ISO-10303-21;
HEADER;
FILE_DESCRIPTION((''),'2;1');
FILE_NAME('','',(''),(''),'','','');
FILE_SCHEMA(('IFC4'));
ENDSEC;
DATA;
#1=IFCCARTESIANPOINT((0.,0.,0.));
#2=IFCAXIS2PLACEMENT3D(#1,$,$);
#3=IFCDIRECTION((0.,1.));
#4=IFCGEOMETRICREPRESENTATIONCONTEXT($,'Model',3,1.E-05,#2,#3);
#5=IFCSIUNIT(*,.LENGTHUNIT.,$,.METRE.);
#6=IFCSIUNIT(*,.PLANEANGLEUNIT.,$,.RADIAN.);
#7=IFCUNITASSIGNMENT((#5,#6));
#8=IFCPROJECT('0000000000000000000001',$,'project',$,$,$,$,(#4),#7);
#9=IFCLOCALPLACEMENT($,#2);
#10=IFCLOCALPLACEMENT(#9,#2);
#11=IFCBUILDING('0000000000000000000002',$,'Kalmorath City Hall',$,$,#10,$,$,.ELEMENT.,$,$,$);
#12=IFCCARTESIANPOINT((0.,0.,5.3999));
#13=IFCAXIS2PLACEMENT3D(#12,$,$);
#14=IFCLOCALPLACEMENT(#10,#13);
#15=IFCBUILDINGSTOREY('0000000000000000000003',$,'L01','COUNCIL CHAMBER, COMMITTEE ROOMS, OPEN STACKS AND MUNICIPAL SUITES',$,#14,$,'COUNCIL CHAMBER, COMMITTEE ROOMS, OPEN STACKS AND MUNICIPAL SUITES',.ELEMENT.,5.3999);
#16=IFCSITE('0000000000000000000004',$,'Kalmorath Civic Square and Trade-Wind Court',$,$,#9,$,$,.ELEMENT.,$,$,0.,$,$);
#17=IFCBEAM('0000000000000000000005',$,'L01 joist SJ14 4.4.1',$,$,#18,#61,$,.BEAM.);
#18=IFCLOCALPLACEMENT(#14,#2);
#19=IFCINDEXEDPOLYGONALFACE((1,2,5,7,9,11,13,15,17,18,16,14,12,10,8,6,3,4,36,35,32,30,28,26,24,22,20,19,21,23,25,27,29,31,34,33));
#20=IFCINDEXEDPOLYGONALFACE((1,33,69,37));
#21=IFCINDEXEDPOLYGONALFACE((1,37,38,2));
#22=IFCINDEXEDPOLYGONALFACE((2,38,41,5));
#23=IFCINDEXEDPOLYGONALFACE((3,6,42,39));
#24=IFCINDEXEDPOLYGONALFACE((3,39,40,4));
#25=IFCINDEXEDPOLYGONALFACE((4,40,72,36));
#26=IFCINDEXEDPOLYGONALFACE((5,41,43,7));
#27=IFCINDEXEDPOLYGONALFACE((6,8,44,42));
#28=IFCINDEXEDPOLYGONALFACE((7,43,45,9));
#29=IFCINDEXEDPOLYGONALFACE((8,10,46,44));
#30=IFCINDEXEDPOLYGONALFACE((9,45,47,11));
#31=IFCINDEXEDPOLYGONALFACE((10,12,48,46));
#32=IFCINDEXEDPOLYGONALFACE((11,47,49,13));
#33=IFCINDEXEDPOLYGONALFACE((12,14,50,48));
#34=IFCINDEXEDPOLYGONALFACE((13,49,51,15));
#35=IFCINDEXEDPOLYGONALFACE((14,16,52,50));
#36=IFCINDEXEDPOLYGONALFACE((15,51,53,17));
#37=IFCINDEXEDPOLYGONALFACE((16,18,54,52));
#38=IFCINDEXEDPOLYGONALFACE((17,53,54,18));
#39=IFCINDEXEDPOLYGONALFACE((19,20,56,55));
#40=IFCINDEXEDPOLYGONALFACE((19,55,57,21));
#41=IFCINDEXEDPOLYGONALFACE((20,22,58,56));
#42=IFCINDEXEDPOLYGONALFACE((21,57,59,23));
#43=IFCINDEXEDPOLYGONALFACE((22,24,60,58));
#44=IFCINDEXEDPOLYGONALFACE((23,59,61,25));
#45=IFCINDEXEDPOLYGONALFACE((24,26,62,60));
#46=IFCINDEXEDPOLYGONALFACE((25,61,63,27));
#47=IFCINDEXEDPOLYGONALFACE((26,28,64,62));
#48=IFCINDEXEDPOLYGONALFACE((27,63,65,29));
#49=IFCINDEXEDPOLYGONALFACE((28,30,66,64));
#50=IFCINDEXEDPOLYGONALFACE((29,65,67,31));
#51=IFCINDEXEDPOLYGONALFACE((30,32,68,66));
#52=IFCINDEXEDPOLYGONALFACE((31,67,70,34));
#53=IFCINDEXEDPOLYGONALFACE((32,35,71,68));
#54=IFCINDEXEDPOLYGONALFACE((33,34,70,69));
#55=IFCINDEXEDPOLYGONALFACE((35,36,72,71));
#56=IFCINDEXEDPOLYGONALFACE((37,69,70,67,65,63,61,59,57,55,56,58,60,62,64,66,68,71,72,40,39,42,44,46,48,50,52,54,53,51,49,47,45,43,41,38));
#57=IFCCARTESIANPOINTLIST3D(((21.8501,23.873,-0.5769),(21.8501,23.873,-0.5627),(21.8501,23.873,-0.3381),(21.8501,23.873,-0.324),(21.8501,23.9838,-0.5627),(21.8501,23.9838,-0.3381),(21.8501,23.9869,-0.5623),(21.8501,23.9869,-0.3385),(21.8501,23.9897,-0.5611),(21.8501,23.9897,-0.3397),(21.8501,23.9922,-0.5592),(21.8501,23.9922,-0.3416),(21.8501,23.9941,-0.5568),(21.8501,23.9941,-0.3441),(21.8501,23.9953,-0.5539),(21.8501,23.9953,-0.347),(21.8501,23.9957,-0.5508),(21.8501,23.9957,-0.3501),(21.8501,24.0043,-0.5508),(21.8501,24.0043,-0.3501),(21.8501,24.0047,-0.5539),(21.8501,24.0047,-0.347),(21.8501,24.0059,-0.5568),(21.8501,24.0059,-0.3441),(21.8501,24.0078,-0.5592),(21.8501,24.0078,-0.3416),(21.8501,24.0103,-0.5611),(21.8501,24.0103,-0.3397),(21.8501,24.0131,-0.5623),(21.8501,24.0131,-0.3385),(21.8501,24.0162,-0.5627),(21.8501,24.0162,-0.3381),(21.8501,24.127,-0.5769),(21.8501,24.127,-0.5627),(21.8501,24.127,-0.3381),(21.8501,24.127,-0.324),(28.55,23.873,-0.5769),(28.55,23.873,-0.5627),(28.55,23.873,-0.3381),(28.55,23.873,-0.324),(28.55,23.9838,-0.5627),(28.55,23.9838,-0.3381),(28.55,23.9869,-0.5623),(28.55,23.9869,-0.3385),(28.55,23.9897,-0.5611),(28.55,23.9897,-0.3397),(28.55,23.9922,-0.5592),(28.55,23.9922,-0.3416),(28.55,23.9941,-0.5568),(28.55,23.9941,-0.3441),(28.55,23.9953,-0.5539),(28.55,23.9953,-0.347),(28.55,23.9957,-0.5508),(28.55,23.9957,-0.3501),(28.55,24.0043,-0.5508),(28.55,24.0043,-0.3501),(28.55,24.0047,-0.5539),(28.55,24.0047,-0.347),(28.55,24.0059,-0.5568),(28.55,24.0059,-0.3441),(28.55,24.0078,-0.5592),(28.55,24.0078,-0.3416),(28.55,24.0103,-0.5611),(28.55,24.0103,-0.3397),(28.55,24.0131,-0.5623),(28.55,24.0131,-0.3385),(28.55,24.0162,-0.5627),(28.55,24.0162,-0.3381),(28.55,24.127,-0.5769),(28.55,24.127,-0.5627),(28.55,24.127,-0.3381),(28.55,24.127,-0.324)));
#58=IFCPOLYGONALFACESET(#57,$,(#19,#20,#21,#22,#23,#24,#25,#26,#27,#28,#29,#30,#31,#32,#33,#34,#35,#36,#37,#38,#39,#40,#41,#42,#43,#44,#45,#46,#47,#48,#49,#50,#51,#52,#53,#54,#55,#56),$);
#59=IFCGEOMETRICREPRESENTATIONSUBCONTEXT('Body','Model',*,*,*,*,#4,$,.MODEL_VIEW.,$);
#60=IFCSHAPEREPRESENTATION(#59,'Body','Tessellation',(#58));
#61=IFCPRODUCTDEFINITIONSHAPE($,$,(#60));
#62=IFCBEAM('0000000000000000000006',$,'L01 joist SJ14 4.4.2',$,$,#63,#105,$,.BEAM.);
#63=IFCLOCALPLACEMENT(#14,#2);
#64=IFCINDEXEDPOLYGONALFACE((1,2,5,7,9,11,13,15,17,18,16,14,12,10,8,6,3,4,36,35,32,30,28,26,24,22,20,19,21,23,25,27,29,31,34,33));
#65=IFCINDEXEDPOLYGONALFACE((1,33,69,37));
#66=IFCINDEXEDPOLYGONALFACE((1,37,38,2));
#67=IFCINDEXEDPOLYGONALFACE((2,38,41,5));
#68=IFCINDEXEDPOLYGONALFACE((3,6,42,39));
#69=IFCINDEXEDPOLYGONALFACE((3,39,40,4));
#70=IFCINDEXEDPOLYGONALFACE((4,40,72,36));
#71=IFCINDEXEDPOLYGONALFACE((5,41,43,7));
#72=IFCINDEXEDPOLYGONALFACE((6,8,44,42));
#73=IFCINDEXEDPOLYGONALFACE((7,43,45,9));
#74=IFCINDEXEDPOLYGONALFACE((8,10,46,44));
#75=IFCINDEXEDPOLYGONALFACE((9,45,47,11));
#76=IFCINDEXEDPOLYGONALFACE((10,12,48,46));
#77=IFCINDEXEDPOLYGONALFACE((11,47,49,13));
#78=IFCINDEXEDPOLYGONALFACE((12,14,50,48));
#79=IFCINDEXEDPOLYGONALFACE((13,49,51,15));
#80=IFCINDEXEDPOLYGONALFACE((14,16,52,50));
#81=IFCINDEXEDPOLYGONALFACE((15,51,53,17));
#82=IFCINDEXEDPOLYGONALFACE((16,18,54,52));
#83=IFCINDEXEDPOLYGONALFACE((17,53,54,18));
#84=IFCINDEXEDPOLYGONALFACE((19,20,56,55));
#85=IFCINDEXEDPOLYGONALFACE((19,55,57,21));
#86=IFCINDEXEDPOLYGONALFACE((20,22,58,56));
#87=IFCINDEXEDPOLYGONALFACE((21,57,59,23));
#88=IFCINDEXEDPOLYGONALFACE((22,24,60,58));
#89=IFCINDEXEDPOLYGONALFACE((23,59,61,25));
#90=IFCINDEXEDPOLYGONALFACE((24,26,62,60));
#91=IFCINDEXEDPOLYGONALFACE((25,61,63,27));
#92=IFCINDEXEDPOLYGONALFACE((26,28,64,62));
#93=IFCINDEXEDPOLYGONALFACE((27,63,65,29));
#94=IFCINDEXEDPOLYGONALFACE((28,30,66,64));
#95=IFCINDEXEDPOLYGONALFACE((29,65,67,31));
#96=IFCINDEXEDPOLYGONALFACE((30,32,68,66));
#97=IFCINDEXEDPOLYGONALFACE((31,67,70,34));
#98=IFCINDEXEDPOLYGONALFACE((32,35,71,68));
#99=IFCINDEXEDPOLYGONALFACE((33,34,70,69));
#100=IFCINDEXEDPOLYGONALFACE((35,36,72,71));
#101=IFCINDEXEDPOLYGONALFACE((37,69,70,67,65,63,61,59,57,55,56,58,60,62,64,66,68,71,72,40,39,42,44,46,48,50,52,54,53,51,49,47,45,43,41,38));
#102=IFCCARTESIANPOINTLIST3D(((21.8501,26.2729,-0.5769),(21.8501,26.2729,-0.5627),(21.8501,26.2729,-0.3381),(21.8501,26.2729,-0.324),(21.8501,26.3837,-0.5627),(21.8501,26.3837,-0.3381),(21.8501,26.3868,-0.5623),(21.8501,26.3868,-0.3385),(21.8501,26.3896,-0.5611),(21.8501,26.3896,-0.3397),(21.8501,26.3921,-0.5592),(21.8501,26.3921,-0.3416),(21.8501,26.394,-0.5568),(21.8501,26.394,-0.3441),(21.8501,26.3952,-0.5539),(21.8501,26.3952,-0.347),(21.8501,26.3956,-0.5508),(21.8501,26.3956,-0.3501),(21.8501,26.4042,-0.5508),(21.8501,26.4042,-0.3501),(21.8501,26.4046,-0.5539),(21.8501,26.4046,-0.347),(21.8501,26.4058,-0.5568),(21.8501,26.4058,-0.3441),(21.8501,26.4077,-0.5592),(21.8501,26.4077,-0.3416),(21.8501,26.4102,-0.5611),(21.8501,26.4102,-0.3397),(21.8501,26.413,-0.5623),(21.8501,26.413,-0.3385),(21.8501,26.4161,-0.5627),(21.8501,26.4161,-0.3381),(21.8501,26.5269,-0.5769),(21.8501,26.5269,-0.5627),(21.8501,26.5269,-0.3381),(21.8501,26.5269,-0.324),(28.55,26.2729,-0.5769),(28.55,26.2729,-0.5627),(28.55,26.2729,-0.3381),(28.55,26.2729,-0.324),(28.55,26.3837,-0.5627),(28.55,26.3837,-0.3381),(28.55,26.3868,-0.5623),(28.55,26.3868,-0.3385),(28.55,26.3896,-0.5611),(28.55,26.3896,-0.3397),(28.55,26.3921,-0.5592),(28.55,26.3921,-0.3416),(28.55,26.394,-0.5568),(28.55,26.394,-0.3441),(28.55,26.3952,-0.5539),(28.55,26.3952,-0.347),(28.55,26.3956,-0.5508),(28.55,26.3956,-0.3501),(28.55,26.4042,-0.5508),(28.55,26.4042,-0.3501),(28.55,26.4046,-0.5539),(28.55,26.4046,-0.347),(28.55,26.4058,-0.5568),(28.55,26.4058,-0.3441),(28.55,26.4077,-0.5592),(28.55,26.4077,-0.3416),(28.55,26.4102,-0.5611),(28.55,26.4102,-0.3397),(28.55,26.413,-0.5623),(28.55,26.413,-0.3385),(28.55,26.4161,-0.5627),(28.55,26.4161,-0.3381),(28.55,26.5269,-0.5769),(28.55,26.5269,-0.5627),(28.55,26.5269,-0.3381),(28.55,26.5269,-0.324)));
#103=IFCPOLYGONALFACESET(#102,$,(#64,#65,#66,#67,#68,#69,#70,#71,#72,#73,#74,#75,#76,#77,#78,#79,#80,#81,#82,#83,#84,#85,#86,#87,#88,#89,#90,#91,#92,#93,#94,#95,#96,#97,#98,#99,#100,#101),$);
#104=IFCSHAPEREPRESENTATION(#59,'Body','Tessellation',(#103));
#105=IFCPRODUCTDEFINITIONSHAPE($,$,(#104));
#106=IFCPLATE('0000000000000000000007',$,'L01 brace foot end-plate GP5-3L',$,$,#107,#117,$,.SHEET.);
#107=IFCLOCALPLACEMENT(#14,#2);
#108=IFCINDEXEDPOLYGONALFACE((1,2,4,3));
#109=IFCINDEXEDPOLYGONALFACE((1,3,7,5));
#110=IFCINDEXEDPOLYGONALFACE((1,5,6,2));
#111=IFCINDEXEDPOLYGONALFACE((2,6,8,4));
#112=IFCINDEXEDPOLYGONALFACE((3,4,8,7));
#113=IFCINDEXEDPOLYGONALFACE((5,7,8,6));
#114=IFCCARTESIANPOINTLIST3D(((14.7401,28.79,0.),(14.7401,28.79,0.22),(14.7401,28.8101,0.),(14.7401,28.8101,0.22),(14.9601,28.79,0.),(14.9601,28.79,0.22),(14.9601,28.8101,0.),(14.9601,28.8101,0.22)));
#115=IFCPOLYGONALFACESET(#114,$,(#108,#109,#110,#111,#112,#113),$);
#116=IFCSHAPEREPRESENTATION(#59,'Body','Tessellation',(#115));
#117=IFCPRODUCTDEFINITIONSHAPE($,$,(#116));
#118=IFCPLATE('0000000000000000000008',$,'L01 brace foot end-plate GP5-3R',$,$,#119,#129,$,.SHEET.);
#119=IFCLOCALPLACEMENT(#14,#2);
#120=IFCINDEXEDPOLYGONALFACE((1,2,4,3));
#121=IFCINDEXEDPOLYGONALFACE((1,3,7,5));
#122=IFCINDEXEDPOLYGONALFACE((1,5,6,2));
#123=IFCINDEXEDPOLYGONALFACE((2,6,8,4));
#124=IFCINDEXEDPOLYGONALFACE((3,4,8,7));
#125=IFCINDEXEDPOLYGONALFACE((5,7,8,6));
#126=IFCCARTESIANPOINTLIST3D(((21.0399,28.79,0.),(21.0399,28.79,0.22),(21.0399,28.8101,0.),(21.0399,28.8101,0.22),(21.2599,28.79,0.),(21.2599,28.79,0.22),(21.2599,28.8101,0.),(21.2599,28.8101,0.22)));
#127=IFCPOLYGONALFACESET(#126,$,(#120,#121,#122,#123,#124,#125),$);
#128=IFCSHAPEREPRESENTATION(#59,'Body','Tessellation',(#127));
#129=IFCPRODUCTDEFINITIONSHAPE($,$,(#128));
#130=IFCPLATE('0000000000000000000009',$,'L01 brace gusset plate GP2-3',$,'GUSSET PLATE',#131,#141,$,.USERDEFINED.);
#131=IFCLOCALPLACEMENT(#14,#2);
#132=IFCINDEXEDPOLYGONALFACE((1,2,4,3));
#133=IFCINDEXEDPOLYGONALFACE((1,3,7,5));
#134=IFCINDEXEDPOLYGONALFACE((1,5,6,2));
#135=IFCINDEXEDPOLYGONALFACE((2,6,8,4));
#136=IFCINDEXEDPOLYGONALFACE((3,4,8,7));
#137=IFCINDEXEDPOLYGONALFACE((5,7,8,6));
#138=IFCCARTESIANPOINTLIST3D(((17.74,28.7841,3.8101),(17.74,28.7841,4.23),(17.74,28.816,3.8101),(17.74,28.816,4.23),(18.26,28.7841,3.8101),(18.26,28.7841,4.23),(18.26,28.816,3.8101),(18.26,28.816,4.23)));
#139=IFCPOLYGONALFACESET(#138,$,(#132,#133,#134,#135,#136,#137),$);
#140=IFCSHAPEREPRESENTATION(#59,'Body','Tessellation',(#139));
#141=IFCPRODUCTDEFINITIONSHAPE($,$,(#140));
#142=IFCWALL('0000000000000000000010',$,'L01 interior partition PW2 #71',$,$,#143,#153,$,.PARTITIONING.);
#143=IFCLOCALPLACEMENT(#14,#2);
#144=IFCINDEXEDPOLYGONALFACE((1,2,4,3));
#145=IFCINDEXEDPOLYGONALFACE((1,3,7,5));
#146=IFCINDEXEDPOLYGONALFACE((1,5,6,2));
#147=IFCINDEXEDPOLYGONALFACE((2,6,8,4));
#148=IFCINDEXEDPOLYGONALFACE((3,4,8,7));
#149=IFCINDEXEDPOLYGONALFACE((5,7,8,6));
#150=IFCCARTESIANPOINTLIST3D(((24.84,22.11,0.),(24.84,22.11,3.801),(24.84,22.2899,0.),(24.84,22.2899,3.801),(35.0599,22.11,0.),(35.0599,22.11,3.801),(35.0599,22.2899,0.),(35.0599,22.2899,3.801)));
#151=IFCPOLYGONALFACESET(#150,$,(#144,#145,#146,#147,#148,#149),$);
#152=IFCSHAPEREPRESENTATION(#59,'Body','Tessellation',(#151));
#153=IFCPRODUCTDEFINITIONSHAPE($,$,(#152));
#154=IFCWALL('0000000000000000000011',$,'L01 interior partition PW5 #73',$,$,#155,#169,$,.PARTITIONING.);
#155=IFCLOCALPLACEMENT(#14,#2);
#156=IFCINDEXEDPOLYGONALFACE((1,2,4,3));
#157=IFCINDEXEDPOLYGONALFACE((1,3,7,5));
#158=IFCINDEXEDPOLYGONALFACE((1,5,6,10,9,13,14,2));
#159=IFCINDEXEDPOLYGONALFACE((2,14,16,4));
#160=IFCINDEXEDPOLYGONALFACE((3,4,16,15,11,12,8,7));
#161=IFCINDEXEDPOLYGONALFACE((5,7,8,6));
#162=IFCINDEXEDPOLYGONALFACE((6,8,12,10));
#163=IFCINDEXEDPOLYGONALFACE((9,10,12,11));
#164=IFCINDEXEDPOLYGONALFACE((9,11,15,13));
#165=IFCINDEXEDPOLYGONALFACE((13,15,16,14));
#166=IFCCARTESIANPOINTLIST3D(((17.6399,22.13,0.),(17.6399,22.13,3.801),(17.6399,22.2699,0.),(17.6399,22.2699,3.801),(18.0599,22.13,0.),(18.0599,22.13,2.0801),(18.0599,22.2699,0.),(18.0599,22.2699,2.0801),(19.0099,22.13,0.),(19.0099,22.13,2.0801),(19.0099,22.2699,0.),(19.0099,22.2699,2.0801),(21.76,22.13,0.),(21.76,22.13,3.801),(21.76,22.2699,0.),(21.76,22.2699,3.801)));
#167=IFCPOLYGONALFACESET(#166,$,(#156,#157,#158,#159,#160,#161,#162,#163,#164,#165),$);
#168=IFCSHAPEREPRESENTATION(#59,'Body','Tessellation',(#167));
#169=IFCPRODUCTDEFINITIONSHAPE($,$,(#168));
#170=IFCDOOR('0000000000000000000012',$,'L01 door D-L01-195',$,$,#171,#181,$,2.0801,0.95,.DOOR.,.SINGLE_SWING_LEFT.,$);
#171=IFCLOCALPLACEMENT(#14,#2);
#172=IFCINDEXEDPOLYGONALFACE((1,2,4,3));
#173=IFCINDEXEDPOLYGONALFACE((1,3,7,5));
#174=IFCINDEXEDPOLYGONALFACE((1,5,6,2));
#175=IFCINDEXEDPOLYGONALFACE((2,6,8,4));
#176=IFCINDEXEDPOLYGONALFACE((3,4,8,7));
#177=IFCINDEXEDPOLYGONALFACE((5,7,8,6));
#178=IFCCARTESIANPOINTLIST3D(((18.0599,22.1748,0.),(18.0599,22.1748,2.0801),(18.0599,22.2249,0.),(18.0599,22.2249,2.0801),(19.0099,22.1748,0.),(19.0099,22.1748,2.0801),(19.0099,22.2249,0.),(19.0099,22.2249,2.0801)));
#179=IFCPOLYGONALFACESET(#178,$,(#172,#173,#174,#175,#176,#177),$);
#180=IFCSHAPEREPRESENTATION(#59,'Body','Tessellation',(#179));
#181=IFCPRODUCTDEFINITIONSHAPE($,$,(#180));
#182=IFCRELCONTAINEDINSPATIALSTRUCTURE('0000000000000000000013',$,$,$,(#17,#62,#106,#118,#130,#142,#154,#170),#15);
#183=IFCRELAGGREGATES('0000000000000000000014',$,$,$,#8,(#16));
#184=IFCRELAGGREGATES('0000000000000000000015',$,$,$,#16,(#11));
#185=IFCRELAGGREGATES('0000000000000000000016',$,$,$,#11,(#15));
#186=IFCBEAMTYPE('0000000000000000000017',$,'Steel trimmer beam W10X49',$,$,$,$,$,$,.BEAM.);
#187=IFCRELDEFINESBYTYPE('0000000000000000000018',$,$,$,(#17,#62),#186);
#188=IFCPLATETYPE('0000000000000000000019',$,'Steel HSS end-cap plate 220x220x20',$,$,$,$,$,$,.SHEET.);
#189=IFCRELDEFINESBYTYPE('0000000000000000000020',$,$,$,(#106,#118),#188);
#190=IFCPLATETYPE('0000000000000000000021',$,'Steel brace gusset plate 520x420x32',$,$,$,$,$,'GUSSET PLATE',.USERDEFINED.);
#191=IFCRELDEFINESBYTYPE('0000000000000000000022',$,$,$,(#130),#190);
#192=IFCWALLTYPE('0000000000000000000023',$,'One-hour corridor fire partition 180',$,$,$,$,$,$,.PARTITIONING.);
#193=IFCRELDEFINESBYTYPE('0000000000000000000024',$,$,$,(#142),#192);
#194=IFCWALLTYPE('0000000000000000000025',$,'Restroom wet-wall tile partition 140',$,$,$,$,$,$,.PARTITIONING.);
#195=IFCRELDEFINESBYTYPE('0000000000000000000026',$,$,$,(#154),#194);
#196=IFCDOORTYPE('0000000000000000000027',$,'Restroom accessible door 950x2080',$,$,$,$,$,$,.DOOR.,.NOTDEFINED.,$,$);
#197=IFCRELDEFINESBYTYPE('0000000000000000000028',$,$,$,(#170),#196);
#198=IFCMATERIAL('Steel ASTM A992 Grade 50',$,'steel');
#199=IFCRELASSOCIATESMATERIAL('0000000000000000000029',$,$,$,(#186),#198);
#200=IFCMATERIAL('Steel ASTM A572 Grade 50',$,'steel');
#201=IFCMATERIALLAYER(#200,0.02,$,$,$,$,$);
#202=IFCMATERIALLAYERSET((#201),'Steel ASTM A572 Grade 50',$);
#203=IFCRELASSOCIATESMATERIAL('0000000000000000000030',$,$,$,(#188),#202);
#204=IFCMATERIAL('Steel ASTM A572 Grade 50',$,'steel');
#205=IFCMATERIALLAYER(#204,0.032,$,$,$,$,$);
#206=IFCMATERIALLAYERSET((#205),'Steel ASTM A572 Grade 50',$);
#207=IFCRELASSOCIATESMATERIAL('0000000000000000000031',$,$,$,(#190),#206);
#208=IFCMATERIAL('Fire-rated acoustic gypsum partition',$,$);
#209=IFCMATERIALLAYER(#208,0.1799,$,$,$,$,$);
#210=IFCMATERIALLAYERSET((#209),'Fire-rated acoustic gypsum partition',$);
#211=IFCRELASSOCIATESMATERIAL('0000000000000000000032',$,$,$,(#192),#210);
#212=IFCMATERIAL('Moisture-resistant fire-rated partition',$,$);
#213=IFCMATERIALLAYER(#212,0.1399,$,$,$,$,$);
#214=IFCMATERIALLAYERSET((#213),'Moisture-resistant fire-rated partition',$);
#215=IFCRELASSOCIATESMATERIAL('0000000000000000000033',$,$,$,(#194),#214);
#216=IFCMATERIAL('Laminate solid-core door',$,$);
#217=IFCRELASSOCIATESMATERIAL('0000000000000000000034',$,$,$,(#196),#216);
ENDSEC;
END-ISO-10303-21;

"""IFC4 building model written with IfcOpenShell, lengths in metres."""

from ifc_helpers import new_model, si_unit, direction, frame, frame_2d, origin, origin_2d, place, context, subcontext, project, spatial, rectangle, i_section, extrude, material, layer, layer_set, material_profile, profile_set, type_object, element, fill, save


model = new_model("IFC4")

# Units and contexts
model_context = context("Model", 3, precision=1e-05, world=origin(), true_north=direction((0.0, 1.0)))
body_context = subcontext(model_context, "Body", "Model", "MODEL_VIEW")
ifc_project = project(units=[si_unit("LENGTHUNIT", "METRE"), si_unit("PLANEANGLEUNIT", "RADIAN")], contexts=[model_context])

# Site, building, storey
site_placement = place(None, origin())
site = spatial("IfcSite", under=ifc_project, at=site_placement, Name="Kalmorath Civic Square and Trade-Wind Court", CompositionType="ELEMENT", RefElevation=0.0)
building_placement = place(site_placement, origin())
building = spatial("IfcBuilding", under=site, at=building_placement, Name="Kalmorath City Hall", CompositionType="ELEMENT")
storey_placement = place(building_placement, frame((0.0, 0.0, 5.3999)))
storey = spatial("IfcBuildingStorey", under=building, at=storey_placement, Name="L01", Description="COUNCIL CHAMBER, COMMITTEE ROOMS, OPEN STACKS AND MUNICIPAL SUITES", LongName="COUNCIL CHAMBER, COMMITTEE ROOMS, OPEN STACKS AND MUNICIPAL SUITES", CompositionType="ELEMENT", Elevation=5.3999)

# Beams
ifc_material_1 = material(Name="Steel ASTM A992 Grade 50", Category="steel")
ifc_material_profile_1 = material_profile(ifc_material_1, i_section(OverallWidth=0.2539, OverallDepth=0.2529, WebThickness=0.0085, FlangeThickness=0.0142, FilletRadius=0.012, at=origin_2d()), Name="W10X49")
ifc_profile_set_1 = profile_set([ifc_material_profile_1], Name="Steel ASTM A992 Grade 50")
beam_type_1 = type_object("IfcBeamType", Name="Steel trimmer beam W10X49", PredefinedType="BEAM", material=ifc_profile_set_1)
for number, where, z_axis, x_axis, name in (
    (1, (21.8501, 24.0, -0.4504), (1.0, 0.0, 0.0), (0.0, 1.0, 0.0), "L01 joist SJ14 4.4.1"),
    (2, (21.8501, 26.3999, -0.4504), (1.0, 0.0, 0.0), (0.0, 1.0, 0.0), "L01 joist SJ14 4.4.2"),
):
    element("IfcBeam", number, at=place(storey_placement, frame(where, z_axis=z_axis, x_axis=x_axis)), inside=storey, type_object=beam_type_1, Name=name, PredefinedType="BEAM", context=body_context, shape_type="SweptSolid", body=[
        extrude(i_section(OverallWidth=0.2539, OverallDepth=0.2529, WebThickness=0.0085, FlangeThickness=0.0142, FilletRadius=0.012, at=origin_2d()), origin(), (0.0, 0.0, 1.0), 6.7),
    ])

# Plates
ifc_material_2 = material(Name="Steel ASTM A572 Grade 50", Category="steel")
ifc_layer_1 = layer(ifc_material_2, 0.02)
ifc_layer_set_1 = layer_set([ifc_layer_1], Name="Steel ASTM A572 Grade 50")
plate_type_1 = type_object("IfcPlateType", Name="Steel HSS end-cap plate 220x220x20", PredefinedType="SHEET", material=ifc_layer_set_1)
for number, where, z_axis, x_axis, name in (
    (3, (14.8501, 28.8, 0.0), (0.0, 0.0, 1.0), (1.0, 0.0, 0.0), "L01 brace foot end-plate GP5-3L"),
    (4, (21.1499, 28.8, 0.0), (0.0, 0.0, 1.0), (1.0, 0.0, 0.0), "L01 brace foot end-plate GP5-3R"),
):
    element("IfcPlate", number, at=place(storey_placement, frame(where, z_axis=z_axis, x_axis=x_axis)), inside=storey, type_object=plate_type_1, Name=name, PredefinedType="SHEET", context=body_context, shape_type="SweptSolid", body=[
        extrude(rectangle(XDim=0.22, YDim=0.02, at=origin_2d()), origin(), (0.0, 0.0, 1.0), 0.22),
    ])
ifc_material_3 = material(Name="Steel ASTM A572 Grade 50", Category="steel")
ifc_layer_2 = layer(ifc_material_3, 0.032)
ifc_layer_set_2 = layer_set([ifc_layer_2], Name="Steel ASTM A572 Grade 50")
plate_type_2 = type_object("IfcPlateType", Name="Steel brace gusset plate 520x420x32", ElementType="GUSSET PLATE", PredefinedType="USERDEFINED", material=ifc_layer_set_2)
plate_placement = place(storey_placement, frame((18.0, 28.8, 3.8101), z_axis=(0.0, 0.0, 1.0), x_axis=(1.0, 0.0, 0.0)))
element("IfcPlate", 5, at=plate_placement, inside=storey, type_object=plate_type_2, Name="L01 brace gusset plate GP2-3", ObjectType="GUSSET PLATE", PredefinedType="USERDEFINED", context=body_context, shape_type="SweptSolid", body=[
    extrude(rectangle(XDim=0.52, YDim=0.032, at=origin_2d()), origin(), (0.0, 0.0, 1.0), 0.4199),
])

# Wall
ifc_material_4 = material(Name="Fire-rated acoustic gypsum partition")
ifc_layer_3 = layer(ifc_material_4, 0.1799)
ifc_layer_set_3 = layer_set([ifc_layer_3], Name="Fire-rated acoustic gypsum partition")
wall_type_1 = type_object("IfcWallType", Name="One-hour corridor fire partition 180", PredefinedType="PARTITIONING", material=ifc_layer_set_3)
wall_1_placement = place(storey_placement, frame((24.8401, 22.2, 0.0), z_axis=(0.0, 0.0, 1.0), x_axis=(1.0, 0.0, 0.0)))
element("IfcWall", 6, at=wall_1_placement, inside=storey, type_object=wall_type_1, Name="L01 interior partition PW2 #71", PredefinedType="PARTITIONING", context=body_context, shape_type="SweptSolid", body=[
    extrude(rectangle(XDim=10.22, YDim=0.1799, at=frame_2d((5.1099, 0.0))), origin(), (0.0, 0.0, 1.0), 3.801),
])

# Wall, opening, door
ifc_material_5 = material(Name="Moisture-resistant fire-rated partition")
ifc_layer_4 = layer(ifc_material_5, 0.1399)
ifc_layer_set_4 = layer_set([ifc_layer_4], Name="Moisture-resistant fire-rated partition")
wall_type_2 = type_object("IfcWallType", Name="Restroom wet-wall tile partition 140", PredefinedType="PARTITIONING", material=ifc_layer_set_4)
wall_2_placement = place(storey_placement, frame((17.6399, 22.2, 0.0), z_axis=(0.0, 0.0, 1.0), x_axis=(1.0, 0.0, 0.0)))
wall_2 = element("IfcWall", 7, at=wall_2_placement, inside=storey, type_object=wall_type_2, Name="L01 interior partition PW5 #73", PredefinedType="PARTITIONING", context=body_context, shape_type="SweptSolid", body=[
    extrude(rectangle(XDim=4.1201, YDim=0.1399, at=frame_2d((2.0601, 0.0))), origin(), (0.0, 0.0, 1.0), 3.801),
])
opening_1_placement = place(wall_2_placement, frame((0.4199, 0.0, 0.0)))
opening_1 = element("IfcOpeningElement", 8, at=opening_1_placement, cuts=wall_2, PredefinedType="OPENING", context=body_context, shape_type="SweptSolid", body=[
    extrude(rectangle(XDim=0.95, YDim=2.0801, at=frame_2d((0.4751, 1.04))), frame((0.0, 0.0798, 0.0), z_axis=(0.0, -1.0, 0.0), x_axis=(1.0, 0.0, 0.0)), (0.0, 0.0, 1.0), 0.1599),
])
ifc_material_6 = material(Name="Laminate solid-core door")
door_type = type_object("IfcDoorType", Name="Restroom accessible door 950x2080", OperationType="NOTDEFINED", PredefinedType="DOOR", material=ifc_material_6)
door_1_placement = place(opening_1_placement, origin())
door_1 = element("IfcDoor", 9, at=door_1_placement, inside=storey, type_object=door_type, Name="L01 door D-L01-195", OperationType="SINGLE_SWING_LEFT", OverallHeight=2.0801, OverallWidth=0.95, PredefinedType="DOOR", context=body_context, shape_type="SweptSolid", body=[
    extrude(rectangle(XDim=0.95, YDim=2.0801, at=frame_2d((0.4751, 1.04))), frame((0.0, 0.0249, 0.0), z_axis=(0.0, -1.0, 0.0), x_axis=(1.0, 0.0, 0.0)), (0.0, 0.0, 1.0), 0.05),
])
fill(opening_1, door_1)

save(model, "model.ifc")
